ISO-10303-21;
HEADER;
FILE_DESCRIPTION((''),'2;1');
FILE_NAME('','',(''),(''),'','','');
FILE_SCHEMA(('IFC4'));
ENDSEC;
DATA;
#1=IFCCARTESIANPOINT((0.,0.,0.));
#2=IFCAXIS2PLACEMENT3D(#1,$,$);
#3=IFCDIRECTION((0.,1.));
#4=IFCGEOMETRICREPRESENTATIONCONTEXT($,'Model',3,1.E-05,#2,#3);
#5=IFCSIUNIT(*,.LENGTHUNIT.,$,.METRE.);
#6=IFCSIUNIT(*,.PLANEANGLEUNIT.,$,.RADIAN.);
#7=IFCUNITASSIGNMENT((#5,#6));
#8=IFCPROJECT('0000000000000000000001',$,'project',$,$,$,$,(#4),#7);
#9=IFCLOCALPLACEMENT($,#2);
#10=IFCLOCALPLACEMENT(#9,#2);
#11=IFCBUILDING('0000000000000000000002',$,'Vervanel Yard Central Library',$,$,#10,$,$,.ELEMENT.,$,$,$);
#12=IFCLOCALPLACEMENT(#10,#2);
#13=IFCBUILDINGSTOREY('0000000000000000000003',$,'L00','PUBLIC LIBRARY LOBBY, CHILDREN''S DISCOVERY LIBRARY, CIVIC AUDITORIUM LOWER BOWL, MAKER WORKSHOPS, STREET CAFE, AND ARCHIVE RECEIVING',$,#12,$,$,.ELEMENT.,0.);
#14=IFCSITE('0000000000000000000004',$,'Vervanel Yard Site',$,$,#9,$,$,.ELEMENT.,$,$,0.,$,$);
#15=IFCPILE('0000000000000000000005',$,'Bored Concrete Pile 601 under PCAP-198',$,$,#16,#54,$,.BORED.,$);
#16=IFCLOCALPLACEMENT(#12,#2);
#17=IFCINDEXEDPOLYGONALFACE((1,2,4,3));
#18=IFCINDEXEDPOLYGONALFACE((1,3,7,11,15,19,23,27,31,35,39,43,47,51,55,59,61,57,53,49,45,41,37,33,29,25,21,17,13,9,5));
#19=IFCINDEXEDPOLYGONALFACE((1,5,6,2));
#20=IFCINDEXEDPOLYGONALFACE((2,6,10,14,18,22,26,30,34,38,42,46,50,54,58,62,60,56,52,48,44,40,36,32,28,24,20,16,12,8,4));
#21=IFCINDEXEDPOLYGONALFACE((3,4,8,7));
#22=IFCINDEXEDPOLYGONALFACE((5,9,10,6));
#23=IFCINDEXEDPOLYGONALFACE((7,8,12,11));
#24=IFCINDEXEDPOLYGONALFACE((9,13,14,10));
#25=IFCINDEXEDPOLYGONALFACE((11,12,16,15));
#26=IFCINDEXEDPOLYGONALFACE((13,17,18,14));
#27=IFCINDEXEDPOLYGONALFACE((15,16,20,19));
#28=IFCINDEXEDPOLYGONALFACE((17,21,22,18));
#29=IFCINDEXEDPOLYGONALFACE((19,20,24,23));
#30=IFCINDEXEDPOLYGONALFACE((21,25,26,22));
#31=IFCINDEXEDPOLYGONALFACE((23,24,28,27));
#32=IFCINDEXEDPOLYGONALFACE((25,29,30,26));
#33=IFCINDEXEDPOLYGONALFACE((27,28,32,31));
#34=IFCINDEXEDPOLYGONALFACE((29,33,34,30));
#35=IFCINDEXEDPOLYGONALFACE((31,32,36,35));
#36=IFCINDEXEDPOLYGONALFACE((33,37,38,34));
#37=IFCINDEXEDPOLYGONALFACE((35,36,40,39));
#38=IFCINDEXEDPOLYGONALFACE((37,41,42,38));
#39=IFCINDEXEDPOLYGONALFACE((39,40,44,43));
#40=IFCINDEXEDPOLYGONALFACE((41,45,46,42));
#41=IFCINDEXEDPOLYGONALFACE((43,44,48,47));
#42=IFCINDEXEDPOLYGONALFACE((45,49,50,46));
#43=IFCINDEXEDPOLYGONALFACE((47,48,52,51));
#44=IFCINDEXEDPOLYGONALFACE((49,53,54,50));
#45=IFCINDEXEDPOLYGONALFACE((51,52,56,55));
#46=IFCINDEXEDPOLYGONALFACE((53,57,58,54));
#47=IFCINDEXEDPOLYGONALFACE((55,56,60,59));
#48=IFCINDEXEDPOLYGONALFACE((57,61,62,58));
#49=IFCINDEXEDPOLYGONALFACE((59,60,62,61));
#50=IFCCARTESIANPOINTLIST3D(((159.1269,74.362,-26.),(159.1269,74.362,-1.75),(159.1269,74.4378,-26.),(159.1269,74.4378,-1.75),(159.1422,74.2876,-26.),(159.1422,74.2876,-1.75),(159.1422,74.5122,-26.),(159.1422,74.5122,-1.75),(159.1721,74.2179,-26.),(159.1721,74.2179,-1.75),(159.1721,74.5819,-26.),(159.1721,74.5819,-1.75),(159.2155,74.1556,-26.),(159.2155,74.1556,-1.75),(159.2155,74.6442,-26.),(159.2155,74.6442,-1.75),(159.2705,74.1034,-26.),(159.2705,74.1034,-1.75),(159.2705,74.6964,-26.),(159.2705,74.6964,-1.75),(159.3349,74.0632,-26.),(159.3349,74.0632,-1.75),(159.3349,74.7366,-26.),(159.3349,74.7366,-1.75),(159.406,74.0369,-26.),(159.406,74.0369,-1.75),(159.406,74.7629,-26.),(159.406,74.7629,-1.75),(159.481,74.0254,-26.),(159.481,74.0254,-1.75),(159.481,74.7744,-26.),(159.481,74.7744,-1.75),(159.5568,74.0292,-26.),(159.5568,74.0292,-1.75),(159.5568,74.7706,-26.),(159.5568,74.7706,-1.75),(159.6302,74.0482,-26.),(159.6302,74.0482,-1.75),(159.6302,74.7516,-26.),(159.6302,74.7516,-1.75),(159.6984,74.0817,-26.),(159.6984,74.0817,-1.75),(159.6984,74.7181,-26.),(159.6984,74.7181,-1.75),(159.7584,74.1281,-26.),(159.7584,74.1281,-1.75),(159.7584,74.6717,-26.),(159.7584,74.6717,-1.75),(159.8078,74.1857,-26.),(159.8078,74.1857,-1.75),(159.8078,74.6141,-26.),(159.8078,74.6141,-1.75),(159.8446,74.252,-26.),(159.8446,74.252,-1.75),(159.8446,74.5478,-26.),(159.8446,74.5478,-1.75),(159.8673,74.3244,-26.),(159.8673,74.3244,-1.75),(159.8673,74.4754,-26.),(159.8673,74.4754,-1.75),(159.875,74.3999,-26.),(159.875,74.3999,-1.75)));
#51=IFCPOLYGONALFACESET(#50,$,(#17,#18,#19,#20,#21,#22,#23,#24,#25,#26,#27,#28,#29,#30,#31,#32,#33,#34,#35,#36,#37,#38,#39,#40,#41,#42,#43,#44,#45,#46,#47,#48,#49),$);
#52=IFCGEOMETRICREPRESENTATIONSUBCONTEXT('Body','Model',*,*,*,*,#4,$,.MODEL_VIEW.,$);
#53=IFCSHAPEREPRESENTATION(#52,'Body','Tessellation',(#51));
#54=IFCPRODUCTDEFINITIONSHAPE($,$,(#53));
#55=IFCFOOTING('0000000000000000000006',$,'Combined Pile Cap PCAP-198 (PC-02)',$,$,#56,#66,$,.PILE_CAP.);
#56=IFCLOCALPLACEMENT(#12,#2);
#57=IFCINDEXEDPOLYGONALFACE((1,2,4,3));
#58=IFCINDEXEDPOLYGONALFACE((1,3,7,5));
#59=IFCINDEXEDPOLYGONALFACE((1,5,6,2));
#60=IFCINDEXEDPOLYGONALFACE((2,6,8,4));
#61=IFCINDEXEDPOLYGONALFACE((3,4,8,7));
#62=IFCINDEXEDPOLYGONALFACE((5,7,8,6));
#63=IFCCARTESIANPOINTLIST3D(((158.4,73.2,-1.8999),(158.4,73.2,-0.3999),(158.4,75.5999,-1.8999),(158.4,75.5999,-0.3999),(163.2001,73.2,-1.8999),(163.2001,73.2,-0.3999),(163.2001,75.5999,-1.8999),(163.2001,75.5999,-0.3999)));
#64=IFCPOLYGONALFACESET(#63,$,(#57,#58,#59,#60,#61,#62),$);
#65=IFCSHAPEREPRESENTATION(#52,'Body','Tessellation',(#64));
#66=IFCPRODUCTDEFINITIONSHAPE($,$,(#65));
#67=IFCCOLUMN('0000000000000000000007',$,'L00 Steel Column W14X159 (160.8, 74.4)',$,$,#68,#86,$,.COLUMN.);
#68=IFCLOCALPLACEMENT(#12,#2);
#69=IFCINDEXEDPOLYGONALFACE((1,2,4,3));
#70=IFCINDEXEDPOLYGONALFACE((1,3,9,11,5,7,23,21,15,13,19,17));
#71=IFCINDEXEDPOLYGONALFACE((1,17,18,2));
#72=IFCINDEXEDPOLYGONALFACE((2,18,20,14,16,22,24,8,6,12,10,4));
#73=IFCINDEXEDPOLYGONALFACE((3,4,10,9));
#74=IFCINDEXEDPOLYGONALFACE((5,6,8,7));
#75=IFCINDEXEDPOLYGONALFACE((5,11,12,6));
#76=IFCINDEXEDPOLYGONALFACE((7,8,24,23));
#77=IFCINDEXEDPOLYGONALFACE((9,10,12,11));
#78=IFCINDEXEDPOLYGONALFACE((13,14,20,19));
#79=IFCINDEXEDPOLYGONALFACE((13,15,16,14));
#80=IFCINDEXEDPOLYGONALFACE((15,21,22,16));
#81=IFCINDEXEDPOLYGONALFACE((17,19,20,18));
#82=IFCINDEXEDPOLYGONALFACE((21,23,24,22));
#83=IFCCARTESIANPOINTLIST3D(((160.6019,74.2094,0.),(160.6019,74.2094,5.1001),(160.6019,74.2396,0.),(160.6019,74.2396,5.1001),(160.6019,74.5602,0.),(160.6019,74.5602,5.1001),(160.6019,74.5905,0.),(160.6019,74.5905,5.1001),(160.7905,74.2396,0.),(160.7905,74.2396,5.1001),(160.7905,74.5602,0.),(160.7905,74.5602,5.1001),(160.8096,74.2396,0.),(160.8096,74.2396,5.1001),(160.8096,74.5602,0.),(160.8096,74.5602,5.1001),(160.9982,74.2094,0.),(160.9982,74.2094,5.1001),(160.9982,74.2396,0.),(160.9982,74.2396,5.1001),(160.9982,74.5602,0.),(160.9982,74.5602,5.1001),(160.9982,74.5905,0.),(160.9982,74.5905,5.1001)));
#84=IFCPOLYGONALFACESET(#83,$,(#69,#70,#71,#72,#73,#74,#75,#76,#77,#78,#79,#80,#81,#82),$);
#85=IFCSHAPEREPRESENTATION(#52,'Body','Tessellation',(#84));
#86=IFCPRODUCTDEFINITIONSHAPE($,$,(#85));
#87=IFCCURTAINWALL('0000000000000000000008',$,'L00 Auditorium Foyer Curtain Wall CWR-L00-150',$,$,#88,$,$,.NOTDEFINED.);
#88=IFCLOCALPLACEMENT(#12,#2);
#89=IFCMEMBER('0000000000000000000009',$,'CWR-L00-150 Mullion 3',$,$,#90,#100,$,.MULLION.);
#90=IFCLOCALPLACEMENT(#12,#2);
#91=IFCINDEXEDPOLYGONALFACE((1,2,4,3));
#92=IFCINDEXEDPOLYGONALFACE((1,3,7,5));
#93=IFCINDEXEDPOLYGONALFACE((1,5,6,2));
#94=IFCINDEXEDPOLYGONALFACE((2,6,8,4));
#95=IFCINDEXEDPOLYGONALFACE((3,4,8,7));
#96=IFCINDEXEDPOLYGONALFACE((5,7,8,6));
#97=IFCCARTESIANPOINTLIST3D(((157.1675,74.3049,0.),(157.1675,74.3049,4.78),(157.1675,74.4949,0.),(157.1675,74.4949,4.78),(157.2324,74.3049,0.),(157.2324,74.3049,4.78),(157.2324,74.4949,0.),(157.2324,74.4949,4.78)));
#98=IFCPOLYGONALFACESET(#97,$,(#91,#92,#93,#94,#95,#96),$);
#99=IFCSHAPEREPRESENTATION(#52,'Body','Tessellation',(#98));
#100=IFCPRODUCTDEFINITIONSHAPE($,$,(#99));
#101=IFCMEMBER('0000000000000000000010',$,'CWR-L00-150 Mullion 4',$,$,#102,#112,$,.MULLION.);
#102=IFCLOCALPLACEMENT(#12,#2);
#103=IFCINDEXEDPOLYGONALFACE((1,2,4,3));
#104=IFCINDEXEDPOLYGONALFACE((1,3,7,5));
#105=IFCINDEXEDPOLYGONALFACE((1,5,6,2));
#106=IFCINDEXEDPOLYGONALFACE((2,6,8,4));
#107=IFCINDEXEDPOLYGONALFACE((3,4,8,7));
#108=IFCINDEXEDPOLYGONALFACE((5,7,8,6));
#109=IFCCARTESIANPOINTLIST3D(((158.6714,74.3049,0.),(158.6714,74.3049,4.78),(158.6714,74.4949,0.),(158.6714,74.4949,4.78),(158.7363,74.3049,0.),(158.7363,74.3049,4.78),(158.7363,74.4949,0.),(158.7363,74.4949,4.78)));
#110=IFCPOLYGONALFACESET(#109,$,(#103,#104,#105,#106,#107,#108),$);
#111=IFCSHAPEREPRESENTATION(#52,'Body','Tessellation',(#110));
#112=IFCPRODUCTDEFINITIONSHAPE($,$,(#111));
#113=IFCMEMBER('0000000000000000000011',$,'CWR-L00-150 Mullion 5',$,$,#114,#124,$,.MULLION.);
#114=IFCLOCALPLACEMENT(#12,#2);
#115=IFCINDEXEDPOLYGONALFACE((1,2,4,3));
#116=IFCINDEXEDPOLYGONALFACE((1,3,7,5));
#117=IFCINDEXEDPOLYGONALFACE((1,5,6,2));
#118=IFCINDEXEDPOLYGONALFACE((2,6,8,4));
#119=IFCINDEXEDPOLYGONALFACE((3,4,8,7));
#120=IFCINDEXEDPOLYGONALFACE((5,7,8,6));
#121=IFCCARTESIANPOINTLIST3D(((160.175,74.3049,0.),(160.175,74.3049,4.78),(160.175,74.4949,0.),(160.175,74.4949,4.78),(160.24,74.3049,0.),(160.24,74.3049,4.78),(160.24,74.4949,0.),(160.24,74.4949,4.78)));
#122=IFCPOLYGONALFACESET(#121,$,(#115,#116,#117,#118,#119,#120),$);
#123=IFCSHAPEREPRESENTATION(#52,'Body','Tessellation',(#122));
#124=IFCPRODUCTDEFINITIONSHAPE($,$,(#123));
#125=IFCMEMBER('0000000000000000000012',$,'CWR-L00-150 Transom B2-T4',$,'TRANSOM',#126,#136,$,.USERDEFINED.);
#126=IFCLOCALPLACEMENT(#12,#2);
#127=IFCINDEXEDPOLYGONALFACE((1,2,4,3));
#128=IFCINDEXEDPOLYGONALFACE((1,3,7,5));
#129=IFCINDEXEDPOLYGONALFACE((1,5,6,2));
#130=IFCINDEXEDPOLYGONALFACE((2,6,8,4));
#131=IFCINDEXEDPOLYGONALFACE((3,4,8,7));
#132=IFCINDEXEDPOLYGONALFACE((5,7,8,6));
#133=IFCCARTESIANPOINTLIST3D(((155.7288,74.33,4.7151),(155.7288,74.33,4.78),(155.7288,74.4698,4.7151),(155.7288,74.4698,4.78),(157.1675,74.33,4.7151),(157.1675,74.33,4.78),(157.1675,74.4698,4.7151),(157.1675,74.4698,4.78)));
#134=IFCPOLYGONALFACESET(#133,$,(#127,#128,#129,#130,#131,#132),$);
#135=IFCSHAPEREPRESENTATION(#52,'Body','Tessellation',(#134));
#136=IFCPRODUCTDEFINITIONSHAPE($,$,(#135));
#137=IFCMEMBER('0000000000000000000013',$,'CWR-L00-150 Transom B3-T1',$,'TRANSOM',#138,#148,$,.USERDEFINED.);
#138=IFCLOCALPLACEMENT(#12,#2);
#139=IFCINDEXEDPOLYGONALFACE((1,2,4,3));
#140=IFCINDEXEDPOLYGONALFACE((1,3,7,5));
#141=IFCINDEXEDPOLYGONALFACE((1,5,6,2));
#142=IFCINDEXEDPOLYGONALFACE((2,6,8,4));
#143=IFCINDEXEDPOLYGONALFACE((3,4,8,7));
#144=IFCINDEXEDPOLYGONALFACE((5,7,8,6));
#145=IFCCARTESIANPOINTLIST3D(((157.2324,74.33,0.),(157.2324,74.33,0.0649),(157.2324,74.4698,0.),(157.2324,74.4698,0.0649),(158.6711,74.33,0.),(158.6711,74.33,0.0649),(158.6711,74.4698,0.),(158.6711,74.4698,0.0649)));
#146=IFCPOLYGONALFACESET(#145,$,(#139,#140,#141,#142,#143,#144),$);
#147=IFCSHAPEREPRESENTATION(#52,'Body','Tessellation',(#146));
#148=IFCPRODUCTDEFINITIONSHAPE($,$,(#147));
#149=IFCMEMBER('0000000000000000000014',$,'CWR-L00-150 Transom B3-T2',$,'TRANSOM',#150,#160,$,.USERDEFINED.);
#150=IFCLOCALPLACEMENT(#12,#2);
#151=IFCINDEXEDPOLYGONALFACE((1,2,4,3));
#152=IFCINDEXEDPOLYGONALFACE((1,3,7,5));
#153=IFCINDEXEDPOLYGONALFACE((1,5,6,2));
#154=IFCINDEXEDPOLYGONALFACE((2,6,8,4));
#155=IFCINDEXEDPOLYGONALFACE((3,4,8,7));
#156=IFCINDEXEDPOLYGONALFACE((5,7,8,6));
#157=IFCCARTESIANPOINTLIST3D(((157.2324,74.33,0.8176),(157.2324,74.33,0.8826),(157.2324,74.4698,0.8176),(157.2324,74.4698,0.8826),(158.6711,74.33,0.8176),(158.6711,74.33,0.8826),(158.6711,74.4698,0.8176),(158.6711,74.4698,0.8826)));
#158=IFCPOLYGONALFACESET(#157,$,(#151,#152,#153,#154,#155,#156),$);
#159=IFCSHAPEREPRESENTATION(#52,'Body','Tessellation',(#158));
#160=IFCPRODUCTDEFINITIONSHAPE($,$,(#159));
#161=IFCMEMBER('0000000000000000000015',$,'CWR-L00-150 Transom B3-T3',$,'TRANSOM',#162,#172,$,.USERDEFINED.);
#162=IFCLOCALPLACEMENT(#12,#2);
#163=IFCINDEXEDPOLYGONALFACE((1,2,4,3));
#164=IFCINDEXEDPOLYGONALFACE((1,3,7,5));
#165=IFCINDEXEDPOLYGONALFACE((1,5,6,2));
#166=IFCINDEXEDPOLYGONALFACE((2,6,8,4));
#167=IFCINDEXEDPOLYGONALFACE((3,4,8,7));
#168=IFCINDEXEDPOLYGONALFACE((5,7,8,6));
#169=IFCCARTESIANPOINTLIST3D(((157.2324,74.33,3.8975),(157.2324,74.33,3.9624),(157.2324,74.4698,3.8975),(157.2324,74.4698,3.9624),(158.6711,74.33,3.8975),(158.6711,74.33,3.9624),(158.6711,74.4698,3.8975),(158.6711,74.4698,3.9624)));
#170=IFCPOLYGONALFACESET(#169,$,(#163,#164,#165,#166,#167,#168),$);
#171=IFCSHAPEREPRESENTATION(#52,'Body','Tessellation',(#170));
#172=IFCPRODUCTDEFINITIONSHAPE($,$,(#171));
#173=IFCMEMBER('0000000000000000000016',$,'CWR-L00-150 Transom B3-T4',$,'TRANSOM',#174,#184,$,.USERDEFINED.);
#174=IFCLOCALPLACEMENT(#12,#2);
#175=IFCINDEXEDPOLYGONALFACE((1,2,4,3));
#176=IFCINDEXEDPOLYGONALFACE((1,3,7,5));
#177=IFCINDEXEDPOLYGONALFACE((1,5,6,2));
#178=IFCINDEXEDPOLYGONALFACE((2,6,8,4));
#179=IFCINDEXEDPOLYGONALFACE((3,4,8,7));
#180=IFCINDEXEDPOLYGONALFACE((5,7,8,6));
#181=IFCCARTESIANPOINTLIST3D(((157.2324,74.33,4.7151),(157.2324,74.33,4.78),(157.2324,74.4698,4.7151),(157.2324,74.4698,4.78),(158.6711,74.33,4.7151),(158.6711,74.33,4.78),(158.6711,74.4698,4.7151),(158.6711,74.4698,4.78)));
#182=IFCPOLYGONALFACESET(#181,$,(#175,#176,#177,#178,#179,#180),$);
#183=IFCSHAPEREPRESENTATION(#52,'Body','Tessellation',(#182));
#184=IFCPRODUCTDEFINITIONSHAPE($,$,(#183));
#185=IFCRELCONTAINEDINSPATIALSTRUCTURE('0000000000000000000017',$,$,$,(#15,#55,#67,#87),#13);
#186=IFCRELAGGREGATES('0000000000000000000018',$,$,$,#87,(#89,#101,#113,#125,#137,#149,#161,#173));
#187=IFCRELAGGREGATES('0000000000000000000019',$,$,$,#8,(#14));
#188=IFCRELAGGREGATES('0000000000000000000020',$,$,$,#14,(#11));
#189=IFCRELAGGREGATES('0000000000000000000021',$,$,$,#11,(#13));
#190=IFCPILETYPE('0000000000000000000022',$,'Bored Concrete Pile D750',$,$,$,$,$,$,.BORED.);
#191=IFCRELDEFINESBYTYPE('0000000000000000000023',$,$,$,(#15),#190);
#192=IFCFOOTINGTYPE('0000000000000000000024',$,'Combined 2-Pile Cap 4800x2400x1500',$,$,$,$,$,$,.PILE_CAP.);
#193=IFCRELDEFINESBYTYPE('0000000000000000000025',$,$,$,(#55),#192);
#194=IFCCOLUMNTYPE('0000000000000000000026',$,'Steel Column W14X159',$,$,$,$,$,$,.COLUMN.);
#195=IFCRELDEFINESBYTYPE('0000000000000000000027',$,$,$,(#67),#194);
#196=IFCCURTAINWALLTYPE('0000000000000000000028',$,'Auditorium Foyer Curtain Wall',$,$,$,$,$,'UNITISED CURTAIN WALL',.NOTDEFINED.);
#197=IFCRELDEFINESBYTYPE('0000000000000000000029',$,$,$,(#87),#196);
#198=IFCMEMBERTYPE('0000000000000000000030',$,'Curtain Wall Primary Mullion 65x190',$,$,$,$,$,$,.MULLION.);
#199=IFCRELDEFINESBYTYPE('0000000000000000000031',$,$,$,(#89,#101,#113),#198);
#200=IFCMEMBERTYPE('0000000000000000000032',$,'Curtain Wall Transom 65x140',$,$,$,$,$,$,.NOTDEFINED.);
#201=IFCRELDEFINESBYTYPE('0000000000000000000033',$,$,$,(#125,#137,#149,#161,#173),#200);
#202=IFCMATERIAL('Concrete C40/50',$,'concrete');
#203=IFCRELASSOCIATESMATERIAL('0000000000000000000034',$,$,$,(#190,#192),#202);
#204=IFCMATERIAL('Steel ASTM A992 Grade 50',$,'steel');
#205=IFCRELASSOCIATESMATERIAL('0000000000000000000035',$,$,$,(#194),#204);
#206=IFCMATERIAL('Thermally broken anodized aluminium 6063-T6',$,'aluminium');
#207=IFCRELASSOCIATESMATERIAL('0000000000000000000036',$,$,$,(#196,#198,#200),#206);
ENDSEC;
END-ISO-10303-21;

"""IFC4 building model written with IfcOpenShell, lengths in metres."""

from ifc_helpers import new_model, si_unit, direction, frame, origin, origin_2d, place, context, subcontext, project, spatial, rectangle, circle, i_section, extrude, material, material_profile, profile_set, type_object, element, aggregate, save


model = new_model("IFC4")

# Units and contexts
model_context = context("Model", 3, precision=1e-05, world=origin(), true_north=direction((0.0, 1.0)))
body_context = subcontext(model_context, "Body", "Model", "MODEL_VIEW")
ifc_project = project(units=[si_unit("LENGTHUNIT", "METRE"), si_unit("PLANEANGLEUNIT", "RADIAN")], contexts=[model_context])

# Site, building, storey
site_placement = place(None, origin())
site = spatial("IfcSite", under=ifc_project, at=site_placement, Name="Vervanel Yard Site", CompositionType="ELEMENT", RefElevation=0.0)
building_placement = place(site_placement, origin())
building = spatial("IfcBuilding", under=site, at=building_placement, Name="Vervanel Yard Central Library", CompositionType="ELEMENT")
storey_placement = place(building_placement, origin())
storey = spatial("IfcBuildingStorey", under=building, at=storey_placement, Name="L00", Description="PUBLIC LIBRARY LOBBY, CHILDREN'S DISCOVERY LIBRARY, CIVIC AUDITORIUM LOWER BOWL, MAKER WORKSHOPS, STREET CAFE, AND ARCHIVE RECEIVING", CompositionType="ELEMENT", Elevation=0.0)

# Pile
ifc_material_1 = material(Name="Concrete C40/50", Category="concrete")
ifc_material_profile_1 = material_profile(ifc_material_1, circle(Radius=0.375, at=origin_2d()), Name="BP D750", Category="concrete")
ifc_profile_set_1 = profile_set([ifc_material_profile_1], Name="Concrete C40/50")
pile_type = type_object("IfcPileType", Name="Bored Concrete Pile D750", PredefinedType="BORED", material=ifc_profile_set_1)
pile_placement = place(storey_placement, frame((159.5, 74.3999, -1.75), z_axis=(0.0, 0.0, -1.0), x_axis=(1.0, 0.0, 0.0)))
element("IfcPile", 1, at=pile_placement, inside=storey, type_object=pile_type, Name="Bored Concrete Pile 601 under PCAP-198", PredefinedType="BORED", context=body_context, shape_type="SweptSolid", body=[
    extrude(circle(Radius=0.375, at=origin_2d()), origin(), (0.0, 0.0, 1.0), 24.25),
])

# Footing
footing_type = type_object("IfcFootingType", Name="Combined 2-Pile Cap 4800x2400x1500", PredefinedType="PILE_CAP", material=ifc_material_1)
footing_placement = place(storey_placement, frame((160.8, 74.3999, -1.8999), z_axis=(0.0, 0.0, 1.0), x_axis=(1.0, 0.0, 0.0)))
element("IfcFooting", 2, at=footing_placement, inside=storey, type_object=footing_type, Name="Combined Pile Cap PCAP-198 (PC-02)", PredefinedType="PILE_CAP", context=body_context, shape_type="SweptSolid", body=[
    extrude(rectangle(XDim=4.8, YDim=2.3999, at=origin_2d()), origin(), (0.0, 0.0, 1.0), 1.5),
])

# Column
ifc_material_2 = material(Name="Steel ASTM A992 Grade 50", Category="steel")
ifc_material_profile_2 = material_profile(ifc_material_2, i_section(OverallWidth=0.3962, OverallDepth=0.3811, WebThickness=0.019, FlangeThickness=0.0303, at=origin_2d()), Name="W14X159", Category="steel")
ifc_profile_set_2 = profile_set([ifc_material_profile_2], Name="Steel ASTM A992 Grade 50")
column_type = type_object("IfcColumnType", Name="Steel Column W14X159", PredefinedType="COLUMN", material=ifc_profile_set_2)
column_placement = place(storey_placement, frame((160.8, 74.3999, 0.0), z_axis=(0.0, 0.0, 1.0), x_axis=(1.0, 0.0, 0.0)))
element("IfcColumn", 3, at=column_placement, inside=storey, type_object=column_type, Name="L00 Steel Column W14X159 (160.8, 74.4)", PredefinedType="COLUMN", context=body_context, shape_type="SweptSolid", body=[
    extrude(i_section(OverallWidth=0.3962, OverallDepth=0.3811, WebThickness=0.019, FlangeThickness=0.0303, at=origin_2d()), origin(), (0.0, 0.0, 1.0), 5.1001),
])

# Curtain wall, members
ifc_material_3 = material(Name="Thermally broken anodized aluminium 6063-T6", Category="aluminium")
curtain_wall_type = type_object("IfcCurtainWallType", Name="Auditorium Foyer Curtain Wall", ElementType="UNITISED CURTAIN WALL", PredefinedType="NOTDEFINED", material=ifc_material_3)
curtain_wall_placement = place(storey_placement, origin())
curtain_wall = element("IfcCurtainWall", 4, at=curtain_wall_placement, inside=storey, type_object=curtain_wall_type, Name="L00 Auditorium Foyer Curtain Wall CWR-L00-150", PredefinedType="NOTDEFINED")
ifc_material_profile_3 = material_profile(ifc_material_3, rectangle(XDim=0.0649, YDim=0.1899, at=origin_2d()), Name="ALU 65x190", Category="aluminium")
ifc_profile_set_3 = profile_set([ifc_material_profile_3], Name="Thermally broken anodized aluminium 6063-T6")
member_type_1 = type_object("IfcMemberType", Name="Curtain Wall Primary Mullion 65x190", PredefinedType="MULLION", material=ifc_profile_set_3)
member_1_placement = place(storey_placement, frame((157.2, 74.3999, 0.0), z_axis=(0.0, 0.0, 1.0), x_axis=(1.0, 0.0, 0.0)))
member_1 = element("IfcMember", 5, at=member_1_placement, type_object=member_type_1, Name="CWR-L00-150 Mullion 3", PredefinedType="MULLION", context=body_context, shape_type="SweptSolid", body=[
    extrude(rectangle(XDim=0.0649, YDim=0.1899, at=origin_2d()), origin(), (0.0, 0.0, 1.0), 4.78),
])
member_2_placement = place(storey_placement, frame((158.7039, 74.3999, 0.0), z_axis=(0.0, 0.0, 1.0), x_axis=(1.0, 0.0, 0.0)))
member_2 = element("IfcMember", 6, at=member_2_placement, type_object=member_type_1, Name="CWR-L00-150 Mullion 4", PredefinedType="MULLION", context=body_context, shape_type="SweptSolid", body=[
    extrude(rectangle(XDim=0.0649, YDim=0.1899, at=origin_2d()), origin(), (0.0, 0.0, 1.0), 4.78),
])
member_3_placement = place(storey_placement, frame((160.2075, 74.3999, 0.0), z_axis=(0.0, 0.0, 1.0), x_axis=(1.0, 0.0, 0.0)))
member_3 = element("IfcMember", 7, at=member_3_placement, type_object=member_type_1, Name="CWR-L00-150 Mullion 5", PredefinedType="MULLION", context=body_context, shape_type="SweptSolid", body=[
    extrude(rectangle(XDim=0.0649, YDim=0.1899, at=origin_2d()), origin(), (0.0, 0.0, 1.0), 4.78),
])
ifc_material_profile_4 = material_profile(ifc_material_3, rectangle(XDim=0.0649, YDim=0.1399, at=origin_2d()), Name="ALU 65x140", Category="aluminium")
ifc_profile_set_4 = profile_set([ifc_material_profile_4], Name="Thermally broken anodized aluminium 6063-T6")
member_type_2 = type_object("IfcMemberType", Name="Curtain Wall Transom 65x140", PredefinedType="NOTDEFINED", material=ifc_profile_set_4)
member_4_placement = place(storey_placement, frame((155.7288, 74.3999, 4.7476), z_axis=(1.0, 0.0, 0.0), x_axis=(0.0, 0.0, 1.0)))
member_4 = element("IfcMember", 8, at=member_4_placement, type_object=member_type_2, Name="CWR-L00-150 Transom B2-T4", ObjectType="TRANSOM", PredefinedType="USERDEFINED", context=body_context, shape_type="SweptSolid", body=[
    extrude(rectangle(XDim=0.0649, YDim=0.1399, at=origin_2d()), origin(), (0.0, 0.0, 1.0), 1.4387),
])
member_5_placement = place(storey_placement, frame((157.2324, 74.3999, 0.0325), z_axis=(1.0, 0.0, 0.0), x_axis=(0.0, 0.0, 1.0)))
member_5 = element("IfcMember", 9, at=member_5_placement, type_object=member_type_2, Name="CWR-L00-150 Transom B3-T1", ObjectType="TRANSOM", PredefinedType="USERDEFINED", context=body_context, shape_type="SweptSolid", body=[
    extrude(rectangle(XDim=0.0649, YDim=0.1399, at=origin_2d()), origin(), (0.0, 0.0, 1.0), 1.4387),
])
member_6_placement = place(storey_placement, frame((157.2324, 74.3999, 0.8501), z_axis=(1.0, 0.0, 0.0), x_axis=(0.0, 0.0, 1.0)))
member_6 = element("IfcMember", 10, at=member_6_placement, type_object=member_type_2, Name="CWR-L00-150 Transom B3-T2", ObjectType="TRANSOM", PredefinedType="USERDEFINED", context=body_context, shape_type="SweptSolid", body=[
    extrude(rectangle(XDim=0.0649, YDim=0.1399, at=origin_2d()), origin(), (0.0, 0.0, 1.0), 1.4387),
])
member_7_placement = place(storey_placement, frame((157.2324, 74.3999, 3.9299), z_axis=(1.0, 0.0, 0.0), x_axis=(0.0, 0.0, 1.0)))
member_7 = element("IfcMember", 11, at=member_7_placement, type_object=member_type_2, Name="CWR-L00-150 Transom B3-T3", ObjectType="TRANSOM", PredefinedType="USERDEFINED", context=body_context, shape_type="SweptSolid", body=[
    extrude(rectangle(XDim=0.0649, YDim=0.1399, at=origin_2d()), origin(), (0.0, 0.0, 1.0), 1.4387),
])
member_8_placement = place(storey_placement, frame((157.2324, 74.3999, 4.7476), z_axis=(1.0, 0.0, 0.0), x_axis=(0.0, 0.0, 1.0)))
member_8 = element("IfcMember", 12, at=member_8_placement, type_object=member_type_2, Name="CWR-L00-150 Transom B3-T4", ObjectType="TRANSOM", PredefinedType="USERDEFINED", context=body_context, shape_type="SweptSolid", body=[
    extrude(rectangle(XDim=0.0649, YDim=0.1399, at=origin_2d()), origin(), (0.0, 0.0, 1.0), 1.4387),
])
aggregate(curtain_wall, [member_1, member_2, member_3, member_4, member_5, member_6, member_7, member_8])

save(model, "model.ifc")
